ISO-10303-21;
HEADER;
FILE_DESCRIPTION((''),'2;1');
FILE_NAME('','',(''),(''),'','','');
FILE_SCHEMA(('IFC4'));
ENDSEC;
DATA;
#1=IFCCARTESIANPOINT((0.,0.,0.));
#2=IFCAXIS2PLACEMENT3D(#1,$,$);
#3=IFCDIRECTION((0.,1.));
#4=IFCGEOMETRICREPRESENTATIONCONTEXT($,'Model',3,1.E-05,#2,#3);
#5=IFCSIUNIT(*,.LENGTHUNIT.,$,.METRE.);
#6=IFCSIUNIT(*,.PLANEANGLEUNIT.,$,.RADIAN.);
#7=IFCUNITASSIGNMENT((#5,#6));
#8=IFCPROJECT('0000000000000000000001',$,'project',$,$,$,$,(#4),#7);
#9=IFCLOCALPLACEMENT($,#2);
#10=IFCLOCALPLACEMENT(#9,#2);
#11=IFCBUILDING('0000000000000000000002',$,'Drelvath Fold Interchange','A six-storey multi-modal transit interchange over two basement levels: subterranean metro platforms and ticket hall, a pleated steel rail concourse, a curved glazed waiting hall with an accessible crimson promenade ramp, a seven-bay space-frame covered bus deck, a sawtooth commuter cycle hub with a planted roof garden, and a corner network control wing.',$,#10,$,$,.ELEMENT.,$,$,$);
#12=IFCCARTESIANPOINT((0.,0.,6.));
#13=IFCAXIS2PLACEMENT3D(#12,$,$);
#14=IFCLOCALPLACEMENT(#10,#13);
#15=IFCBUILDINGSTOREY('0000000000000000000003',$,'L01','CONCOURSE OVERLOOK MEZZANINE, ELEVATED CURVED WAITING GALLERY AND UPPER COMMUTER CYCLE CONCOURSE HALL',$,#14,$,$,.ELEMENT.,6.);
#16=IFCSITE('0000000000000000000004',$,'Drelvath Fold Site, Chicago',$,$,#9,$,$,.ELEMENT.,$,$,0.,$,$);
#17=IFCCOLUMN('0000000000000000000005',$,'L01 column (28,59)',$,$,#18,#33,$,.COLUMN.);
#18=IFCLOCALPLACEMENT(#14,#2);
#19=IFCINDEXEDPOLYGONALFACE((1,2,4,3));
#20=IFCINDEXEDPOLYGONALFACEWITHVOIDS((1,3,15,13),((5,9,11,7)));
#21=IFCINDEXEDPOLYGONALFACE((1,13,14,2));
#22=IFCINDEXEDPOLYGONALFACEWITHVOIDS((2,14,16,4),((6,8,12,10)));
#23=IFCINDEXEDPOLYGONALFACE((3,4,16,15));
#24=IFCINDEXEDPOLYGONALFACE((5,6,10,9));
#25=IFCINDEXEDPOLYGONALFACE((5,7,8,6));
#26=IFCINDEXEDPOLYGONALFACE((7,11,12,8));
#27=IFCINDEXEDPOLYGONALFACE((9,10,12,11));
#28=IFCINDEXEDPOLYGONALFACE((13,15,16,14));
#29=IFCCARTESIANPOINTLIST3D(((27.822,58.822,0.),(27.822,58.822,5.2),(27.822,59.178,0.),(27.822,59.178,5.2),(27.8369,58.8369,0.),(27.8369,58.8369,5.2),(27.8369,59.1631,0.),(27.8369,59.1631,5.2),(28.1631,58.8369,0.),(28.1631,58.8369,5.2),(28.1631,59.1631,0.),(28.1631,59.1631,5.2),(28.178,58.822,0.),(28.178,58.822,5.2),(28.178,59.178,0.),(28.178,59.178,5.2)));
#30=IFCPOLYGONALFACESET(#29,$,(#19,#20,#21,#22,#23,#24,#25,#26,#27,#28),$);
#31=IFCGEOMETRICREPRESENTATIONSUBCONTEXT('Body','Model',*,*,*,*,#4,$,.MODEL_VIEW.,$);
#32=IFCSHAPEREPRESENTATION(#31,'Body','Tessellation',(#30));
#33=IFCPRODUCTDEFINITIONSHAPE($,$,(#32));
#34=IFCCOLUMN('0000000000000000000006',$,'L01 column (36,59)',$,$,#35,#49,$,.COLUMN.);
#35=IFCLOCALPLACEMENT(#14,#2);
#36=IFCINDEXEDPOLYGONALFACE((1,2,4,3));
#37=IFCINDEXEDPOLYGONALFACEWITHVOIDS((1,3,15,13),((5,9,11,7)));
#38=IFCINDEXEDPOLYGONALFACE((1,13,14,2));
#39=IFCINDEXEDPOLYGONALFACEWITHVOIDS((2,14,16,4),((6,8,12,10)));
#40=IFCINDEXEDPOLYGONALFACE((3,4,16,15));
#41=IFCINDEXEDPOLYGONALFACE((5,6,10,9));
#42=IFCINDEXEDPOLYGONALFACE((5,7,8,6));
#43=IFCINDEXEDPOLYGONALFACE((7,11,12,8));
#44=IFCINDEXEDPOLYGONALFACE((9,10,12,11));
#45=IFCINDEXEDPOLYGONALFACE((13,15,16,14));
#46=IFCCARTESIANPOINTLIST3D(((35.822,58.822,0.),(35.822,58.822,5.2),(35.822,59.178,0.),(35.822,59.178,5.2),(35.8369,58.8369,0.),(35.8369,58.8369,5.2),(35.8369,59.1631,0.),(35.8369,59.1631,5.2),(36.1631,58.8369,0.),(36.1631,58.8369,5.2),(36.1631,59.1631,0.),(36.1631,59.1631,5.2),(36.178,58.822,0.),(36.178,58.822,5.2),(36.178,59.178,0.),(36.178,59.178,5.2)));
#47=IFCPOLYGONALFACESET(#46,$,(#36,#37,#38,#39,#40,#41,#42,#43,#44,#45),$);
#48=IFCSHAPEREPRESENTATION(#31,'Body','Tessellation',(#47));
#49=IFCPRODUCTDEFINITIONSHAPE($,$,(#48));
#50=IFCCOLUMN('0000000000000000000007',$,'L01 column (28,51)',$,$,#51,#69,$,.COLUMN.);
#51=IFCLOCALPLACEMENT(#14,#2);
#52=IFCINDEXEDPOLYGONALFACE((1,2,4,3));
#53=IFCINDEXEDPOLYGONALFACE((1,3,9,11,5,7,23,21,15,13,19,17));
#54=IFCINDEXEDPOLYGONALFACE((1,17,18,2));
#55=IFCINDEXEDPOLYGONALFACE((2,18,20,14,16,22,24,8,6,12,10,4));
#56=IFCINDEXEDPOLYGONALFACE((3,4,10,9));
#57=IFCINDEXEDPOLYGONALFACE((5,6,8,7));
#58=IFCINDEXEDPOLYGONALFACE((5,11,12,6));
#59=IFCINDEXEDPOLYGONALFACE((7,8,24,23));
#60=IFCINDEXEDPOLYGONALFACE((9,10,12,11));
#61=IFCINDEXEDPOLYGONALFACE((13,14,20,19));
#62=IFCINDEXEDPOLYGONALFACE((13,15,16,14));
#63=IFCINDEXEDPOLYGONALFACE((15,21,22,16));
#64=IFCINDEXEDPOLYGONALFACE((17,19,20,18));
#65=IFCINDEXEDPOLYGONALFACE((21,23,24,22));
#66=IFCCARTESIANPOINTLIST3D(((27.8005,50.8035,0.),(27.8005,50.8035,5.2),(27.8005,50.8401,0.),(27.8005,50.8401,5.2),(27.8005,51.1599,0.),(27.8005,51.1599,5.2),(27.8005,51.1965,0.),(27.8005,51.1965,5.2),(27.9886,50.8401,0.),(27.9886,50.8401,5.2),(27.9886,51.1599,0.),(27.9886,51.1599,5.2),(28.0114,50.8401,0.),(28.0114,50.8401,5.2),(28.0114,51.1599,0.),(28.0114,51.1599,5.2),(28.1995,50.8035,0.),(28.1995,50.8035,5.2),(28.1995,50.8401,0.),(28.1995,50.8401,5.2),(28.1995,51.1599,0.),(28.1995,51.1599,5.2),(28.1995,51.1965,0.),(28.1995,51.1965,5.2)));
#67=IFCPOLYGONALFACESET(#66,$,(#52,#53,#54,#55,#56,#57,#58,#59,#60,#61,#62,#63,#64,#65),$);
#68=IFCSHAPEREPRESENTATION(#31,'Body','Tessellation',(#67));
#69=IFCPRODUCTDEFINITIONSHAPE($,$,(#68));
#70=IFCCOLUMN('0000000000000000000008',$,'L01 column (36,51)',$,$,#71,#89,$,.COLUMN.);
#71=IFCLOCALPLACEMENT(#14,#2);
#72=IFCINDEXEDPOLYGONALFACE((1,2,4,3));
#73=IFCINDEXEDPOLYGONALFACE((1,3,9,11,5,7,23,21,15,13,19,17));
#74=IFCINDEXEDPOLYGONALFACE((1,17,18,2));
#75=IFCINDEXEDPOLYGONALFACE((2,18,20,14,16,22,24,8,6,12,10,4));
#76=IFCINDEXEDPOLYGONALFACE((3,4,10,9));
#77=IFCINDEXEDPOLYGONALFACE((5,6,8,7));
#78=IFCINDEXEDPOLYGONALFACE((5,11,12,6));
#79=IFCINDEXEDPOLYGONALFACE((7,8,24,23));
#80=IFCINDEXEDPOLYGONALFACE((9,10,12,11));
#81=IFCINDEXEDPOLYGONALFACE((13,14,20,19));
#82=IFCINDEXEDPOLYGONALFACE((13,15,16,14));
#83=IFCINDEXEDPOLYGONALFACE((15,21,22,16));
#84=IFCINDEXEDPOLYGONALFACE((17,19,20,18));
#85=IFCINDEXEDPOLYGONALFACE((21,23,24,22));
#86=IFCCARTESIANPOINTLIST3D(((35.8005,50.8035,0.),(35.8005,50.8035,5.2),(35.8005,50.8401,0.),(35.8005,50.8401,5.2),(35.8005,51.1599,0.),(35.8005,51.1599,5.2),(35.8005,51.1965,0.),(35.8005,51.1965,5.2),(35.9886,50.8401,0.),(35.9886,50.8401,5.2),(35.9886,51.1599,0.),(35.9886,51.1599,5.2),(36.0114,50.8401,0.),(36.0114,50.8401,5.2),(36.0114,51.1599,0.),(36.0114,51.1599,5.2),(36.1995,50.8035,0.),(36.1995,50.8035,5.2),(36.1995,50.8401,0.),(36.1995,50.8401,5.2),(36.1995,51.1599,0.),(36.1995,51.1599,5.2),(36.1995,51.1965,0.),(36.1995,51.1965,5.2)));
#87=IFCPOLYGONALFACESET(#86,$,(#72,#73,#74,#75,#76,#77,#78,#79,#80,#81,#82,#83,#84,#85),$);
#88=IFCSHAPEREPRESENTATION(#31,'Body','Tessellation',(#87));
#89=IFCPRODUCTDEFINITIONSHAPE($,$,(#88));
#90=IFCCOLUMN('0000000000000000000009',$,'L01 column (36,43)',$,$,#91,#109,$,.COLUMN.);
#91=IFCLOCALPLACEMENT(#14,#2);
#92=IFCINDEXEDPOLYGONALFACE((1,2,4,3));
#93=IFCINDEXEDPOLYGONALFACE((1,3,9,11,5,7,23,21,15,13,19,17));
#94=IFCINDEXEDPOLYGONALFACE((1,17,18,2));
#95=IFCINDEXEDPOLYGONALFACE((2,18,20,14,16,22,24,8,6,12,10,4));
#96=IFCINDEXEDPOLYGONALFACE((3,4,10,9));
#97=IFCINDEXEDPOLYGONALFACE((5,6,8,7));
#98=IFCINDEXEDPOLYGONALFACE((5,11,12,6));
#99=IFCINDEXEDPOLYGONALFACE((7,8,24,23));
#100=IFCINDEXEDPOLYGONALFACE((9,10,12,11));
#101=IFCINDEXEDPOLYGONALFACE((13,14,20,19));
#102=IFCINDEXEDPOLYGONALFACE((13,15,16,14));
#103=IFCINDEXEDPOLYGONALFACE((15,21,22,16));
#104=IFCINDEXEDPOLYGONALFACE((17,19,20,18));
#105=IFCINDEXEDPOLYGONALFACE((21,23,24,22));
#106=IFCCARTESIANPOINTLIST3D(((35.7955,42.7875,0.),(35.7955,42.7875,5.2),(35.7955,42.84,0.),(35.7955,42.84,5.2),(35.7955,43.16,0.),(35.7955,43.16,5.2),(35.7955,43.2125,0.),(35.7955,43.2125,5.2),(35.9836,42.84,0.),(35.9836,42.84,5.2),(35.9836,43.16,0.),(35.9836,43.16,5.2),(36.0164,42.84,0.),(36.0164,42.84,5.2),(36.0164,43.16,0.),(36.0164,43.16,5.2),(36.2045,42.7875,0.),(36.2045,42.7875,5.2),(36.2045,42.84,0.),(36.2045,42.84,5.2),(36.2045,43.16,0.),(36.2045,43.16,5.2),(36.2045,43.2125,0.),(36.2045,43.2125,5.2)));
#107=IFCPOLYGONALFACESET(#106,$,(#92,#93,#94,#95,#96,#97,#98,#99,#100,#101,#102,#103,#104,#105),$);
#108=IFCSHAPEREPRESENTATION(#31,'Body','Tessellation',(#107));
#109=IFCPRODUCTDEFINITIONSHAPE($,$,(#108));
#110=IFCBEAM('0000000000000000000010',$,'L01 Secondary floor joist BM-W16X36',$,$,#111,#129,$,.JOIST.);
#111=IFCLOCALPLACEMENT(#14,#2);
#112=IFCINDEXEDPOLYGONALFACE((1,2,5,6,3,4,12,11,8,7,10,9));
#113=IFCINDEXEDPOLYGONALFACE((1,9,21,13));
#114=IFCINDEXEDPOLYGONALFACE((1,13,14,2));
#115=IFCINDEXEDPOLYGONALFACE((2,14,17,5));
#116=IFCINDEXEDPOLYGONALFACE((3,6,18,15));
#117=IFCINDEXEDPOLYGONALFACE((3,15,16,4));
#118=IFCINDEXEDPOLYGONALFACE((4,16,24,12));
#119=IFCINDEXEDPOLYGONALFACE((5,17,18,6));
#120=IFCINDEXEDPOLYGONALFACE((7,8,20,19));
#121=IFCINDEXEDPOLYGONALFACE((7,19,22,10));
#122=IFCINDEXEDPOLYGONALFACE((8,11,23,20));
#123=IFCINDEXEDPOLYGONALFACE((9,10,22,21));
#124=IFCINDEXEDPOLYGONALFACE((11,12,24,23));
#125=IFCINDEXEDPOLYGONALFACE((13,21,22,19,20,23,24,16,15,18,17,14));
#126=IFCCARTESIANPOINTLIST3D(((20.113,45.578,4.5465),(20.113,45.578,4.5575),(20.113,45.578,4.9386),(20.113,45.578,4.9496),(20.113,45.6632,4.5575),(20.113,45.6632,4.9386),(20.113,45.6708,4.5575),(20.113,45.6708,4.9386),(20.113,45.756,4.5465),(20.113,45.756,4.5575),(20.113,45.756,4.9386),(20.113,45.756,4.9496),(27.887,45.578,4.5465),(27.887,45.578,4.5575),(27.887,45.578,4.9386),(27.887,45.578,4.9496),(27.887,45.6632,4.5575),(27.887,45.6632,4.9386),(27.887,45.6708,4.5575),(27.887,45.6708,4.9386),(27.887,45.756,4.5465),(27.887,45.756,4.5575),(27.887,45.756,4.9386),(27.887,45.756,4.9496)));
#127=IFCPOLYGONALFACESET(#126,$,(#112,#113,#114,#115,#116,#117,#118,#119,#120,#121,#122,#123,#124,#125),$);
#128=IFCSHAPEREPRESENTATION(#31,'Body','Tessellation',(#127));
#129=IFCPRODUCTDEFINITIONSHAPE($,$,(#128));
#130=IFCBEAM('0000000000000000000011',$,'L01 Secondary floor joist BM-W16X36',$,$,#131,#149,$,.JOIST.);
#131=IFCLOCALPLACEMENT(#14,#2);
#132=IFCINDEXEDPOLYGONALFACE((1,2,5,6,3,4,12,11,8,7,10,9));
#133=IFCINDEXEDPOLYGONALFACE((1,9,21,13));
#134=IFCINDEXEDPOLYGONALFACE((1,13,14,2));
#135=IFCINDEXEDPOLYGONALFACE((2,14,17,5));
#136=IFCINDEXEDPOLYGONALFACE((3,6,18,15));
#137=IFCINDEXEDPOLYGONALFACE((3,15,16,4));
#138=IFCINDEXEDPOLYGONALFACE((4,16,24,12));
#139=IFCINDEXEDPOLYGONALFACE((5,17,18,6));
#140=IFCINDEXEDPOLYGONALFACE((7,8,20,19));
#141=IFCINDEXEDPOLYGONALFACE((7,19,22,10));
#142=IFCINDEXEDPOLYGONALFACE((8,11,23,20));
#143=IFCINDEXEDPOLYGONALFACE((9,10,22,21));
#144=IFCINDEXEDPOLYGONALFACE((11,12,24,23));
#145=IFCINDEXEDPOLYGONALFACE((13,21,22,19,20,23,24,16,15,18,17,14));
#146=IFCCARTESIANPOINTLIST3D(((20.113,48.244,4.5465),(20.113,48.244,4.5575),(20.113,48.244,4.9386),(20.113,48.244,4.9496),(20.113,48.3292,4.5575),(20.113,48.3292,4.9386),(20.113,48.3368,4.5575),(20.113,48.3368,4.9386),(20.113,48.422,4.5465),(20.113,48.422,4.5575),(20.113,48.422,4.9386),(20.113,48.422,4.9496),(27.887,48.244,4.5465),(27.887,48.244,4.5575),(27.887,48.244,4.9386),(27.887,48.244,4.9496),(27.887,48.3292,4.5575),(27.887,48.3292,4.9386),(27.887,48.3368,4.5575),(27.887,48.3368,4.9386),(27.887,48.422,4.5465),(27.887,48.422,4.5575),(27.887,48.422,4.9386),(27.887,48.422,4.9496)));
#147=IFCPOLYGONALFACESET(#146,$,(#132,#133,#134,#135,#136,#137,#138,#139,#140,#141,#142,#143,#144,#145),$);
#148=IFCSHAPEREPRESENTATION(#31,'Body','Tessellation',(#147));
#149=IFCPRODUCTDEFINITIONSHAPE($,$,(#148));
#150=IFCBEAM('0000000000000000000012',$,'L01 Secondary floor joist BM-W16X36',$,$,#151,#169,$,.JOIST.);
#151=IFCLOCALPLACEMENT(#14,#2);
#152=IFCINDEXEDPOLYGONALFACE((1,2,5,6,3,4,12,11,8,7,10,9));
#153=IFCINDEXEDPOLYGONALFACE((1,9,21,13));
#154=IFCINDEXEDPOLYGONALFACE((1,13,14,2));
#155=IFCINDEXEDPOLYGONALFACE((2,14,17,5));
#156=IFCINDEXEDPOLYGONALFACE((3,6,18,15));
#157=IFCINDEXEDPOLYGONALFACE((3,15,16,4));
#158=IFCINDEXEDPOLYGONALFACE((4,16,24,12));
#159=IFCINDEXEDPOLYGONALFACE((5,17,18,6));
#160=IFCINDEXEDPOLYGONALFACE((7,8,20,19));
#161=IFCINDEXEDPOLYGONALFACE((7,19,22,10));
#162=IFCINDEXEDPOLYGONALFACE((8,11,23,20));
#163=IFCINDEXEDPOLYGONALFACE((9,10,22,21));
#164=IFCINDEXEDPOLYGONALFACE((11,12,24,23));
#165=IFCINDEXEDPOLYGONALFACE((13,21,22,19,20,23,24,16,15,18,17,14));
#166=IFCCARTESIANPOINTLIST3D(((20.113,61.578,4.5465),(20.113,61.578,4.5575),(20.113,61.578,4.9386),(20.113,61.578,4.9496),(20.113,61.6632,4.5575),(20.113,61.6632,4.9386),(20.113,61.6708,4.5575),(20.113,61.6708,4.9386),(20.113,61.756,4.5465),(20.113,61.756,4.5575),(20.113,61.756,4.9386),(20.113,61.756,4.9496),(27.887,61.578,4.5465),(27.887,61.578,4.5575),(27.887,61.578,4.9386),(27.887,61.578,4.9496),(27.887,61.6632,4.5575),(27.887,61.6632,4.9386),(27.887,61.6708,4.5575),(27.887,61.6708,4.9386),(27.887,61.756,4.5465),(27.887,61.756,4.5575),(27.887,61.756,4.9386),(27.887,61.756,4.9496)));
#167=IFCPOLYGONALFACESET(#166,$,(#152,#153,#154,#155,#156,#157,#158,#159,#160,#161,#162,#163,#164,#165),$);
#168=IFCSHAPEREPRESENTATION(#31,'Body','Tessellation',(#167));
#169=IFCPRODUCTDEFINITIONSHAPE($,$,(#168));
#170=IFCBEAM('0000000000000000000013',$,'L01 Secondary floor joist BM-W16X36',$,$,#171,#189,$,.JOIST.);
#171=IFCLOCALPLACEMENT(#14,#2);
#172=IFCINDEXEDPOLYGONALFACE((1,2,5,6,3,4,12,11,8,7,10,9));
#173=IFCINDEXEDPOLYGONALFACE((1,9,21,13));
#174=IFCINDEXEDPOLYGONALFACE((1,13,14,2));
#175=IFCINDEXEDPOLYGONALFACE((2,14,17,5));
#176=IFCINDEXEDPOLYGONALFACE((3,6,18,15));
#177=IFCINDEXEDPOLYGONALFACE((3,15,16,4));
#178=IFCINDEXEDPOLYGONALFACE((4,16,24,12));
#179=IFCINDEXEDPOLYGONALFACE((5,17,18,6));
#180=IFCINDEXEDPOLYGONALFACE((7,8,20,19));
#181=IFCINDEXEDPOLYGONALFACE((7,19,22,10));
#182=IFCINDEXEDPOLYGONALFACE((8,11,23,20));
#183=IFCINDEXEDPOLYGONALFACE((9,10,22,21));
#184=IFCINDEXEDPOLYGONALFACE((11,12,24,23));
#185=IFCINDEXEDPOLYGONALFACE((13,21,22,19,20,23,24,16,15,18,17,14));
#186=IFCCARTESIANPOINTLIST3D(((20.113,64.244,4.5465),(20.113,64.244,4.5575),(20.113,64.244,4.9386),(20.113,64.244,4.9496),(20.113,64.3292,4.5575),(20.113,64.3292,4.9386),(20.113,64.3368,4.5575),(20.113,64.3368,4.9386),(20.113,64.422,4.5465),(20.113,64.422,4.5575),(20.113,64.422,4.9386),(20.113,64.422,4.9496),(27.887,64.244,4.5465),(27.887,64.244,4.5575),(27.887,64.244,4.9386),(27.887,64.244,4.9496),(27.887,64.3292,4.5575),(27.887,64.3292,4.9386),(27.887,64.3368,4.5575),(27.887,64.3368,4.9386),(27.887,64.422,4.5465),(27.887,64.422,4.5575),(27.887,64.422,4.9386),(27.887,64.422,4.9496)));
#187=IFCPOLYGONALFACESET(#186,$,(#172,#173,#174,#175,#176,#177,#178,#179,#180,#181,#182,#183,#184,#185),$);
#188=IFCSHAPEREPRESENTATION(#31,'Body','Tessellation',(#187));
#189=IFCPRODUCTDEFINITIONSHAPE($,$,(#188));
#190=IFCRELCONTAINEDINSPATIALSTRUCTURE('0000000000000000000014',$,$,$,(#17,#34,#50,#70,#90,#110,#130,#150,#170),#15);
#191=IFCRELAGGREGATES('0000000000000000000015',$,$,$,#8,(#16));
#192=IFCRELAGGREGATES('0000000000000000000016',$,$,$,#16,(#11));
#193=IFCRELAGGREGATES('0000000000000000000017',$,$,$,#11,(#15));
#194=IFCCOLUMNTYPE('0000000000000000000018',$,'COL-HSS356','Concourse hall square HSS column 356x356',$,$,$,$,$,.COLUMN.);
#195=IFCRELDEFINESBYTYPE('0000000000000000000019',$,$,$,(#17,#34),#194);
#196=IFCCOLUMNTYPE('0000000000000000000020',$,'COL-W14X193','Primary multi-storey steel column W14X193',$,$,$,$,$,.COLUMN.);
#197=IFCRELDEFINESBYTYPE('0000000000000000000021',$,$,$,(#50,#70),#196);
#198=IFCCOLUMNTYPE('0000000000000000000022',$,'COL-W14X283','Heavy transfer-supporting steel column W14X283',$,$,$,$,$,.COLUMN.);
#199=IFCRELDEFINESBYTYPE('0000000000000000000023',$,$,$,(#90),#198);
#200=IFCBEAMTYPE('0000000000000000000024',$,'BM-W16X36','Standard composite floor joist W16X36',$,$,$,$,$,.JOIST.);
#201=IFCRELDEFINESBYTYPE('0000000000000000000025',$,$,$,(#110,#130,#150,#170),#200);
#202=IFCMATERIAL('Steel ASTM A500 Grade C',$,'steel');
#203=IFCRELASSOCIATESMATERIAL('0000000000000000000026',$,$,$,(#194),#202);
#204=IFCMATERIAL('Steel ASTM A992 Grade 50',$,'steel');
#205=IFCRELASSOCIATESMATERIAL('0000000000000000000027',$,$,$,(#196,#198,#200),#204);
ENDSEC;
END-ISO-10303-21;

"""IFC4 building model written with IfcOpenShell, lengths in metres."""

from ifc_helpers import new_model, si_unit, direction, frame, origin, origin_2d, place, context, subcontext, project, spatial, hollow_rectangle, i_section, extrude, material, material_profile, profile_set, type_object, element, save


model = new_model("IFC4")

# Units and contexts
model_context = context("Model", 3, precision=1e-05, world=origin(), true_north=direction((0.0, 1.0)))
body_context = subcontext(model_context, "Body", "Model", "MODEL_VIEW")
ifc_project = project(units=[si_unit("LENGTHUNIT", "METRE"), si_unit("PLANEANGLEUNIT", "RADIAN")], contexts=[model_context])

# Site, building, storey
site_placement = place(None, origin())
site = spatial("IfcSite", under=ifc_project, at=site_placement, Name="Drelvath Fold Site, Chicago", CompositionType="ELEMENT", RefElevation=0.0)
building_placement = place(site_placement, origin())
building = spatial("IfcBuilding", under=site, at=building_placement, Name="Drelvath Fold Interchange", Description="A six-storey multi-modal transit interchange over two basement levels: subterranean metro platforms and ticket hall, a pleated steel rail concourse, a curved glazed waiting hall with an accessible crimson promenade ramp, a seven-bay space-frame covered bus deck, a sawtooth commuter cycle hub with a planted roof garden, and a corner network control wing.", CompositionType="ELEMENT")
storey_placement = place(building_placement, frame((0.0, 0.0, 6.0)))
storey = spatial("IfcBuildingStorey", under=building, at=storey_placement, Name="L01", Description="CONCOURSE OVERLOOK MEZZANINE, ELEVATED CURVED WAITING GALLERY AND UPPER COMMUTER CYCLE CONCOURSE HALL", CompositionType="ELEMENT", Elevation=6.0)

# Columns
ifc_material_1 = material(Name="Steel ASTM A500 Grade C", Category="steel")
ifc_material_profile_1 = material_profile(ifc_material_1, hollow_rectangle(XDim=0.356, YDim=0.356, WallThickness=0.0149, at=origin_2d()), Name="HSS14X14X5/8")
ifc_profile_set_1 = profile_set([ifc_material_profile_1], Name="Steel ASTM A500 Grade C")
column_type_1 = type_object("IfcColumnType", Name="COL-HSS356", Description="Concourse hall square HSS column 356x356", PredefinedType="COLUMN", material=ifc_profile_set_1)
for number, where, z_axis, x_axis, name in (
    (1, (28.0, 59.0, 0.0), (0.0, 0.0, 1.0), (1.0, 0.0, 0.0), "L01 column (28,59)"),
    (2, (36.0, 59.0, 0.0), (0.0, 0.0, 1.0), (1.0, 0.0, 0.0), "L01 column (36,59)"),
):
    element("IfcColumn", number, at=place(storey_placement, frame(where, z_axis=z_axis, x_axis=x_axis)), inside=storey, type_object=column_type_1, Name=name, PredefinedType="COLUMN", context=body_context, shape_type="SweptSolid", body=[
        extrude(hollow_rectangle(XDim=0.356, YDim=0.356, WallThickness=0.0149, at=origin_2d()), origin(), (0.0, 0.0, 1.0), 5.2),
    ])
ifc_material_2 = material(Name="Steel ASTM A992 Grade 50", Category="steel")
ifc_material_profile_2 = material_profile(ifc_material_2, i_section(OverallWidth=0.3989, OverallDepth=0.3931, WebThickness=0.0227, FlangeThickness=0.0366, at=origin_2d()), Name="W14X193")
ifc_profile_set_2 = profile_set([ifc_material_profile_2], Name="Steel ASTM A992 Grade 50")
column_type_2 = type_object("IfcColumnType", Name="COL-W14X193", Description="Primary multi-storey steel column W14X193", PredefinedType="COLUMN", material=ifc_profile_set_2)
for number, where, z_axis, x_axis, name in (
    (3, (28.0, 51.0, 0.0), (0.0, 0.0, 1.0), (1.0, 0.0, 0.0), "L01 column (28,51)"),
    (4, (36.0, 51.0, 0.0), (0.0, 0.0, 1.0), (1.0, 0.0, 0.0), "L01 column (36,51)"),
):
    element("IfcColumn", number, at=place(storey_placement, frame(where, z_axis=z_axis, x_axis=x_axis)), inside=storey, type_object=column_type_2, Name=name, PredefinedType="COLUMN", context=body_context, shape_type="SweptSolid", body=[
        extrude(i_section(OverallWidth=0.3989, OverallDepth=0.3931, WebThickness=0.0227, FlangeThickness=0.0366, at=origin_2d()), origin(), (0.0, 0.0, 1.0), 5.2),
    ])
ifc_material_profile_3 = material_profile(ifc_material_2, i_section(OverallWidth=0.4089, OverallDepth=0.425, WebThickness=0.0327, FlangeThickness=0.0525, at=origin_2d()), Name="W14X283")
ifc_profile_set_3 = profile_set([ifc_material_profile_3], Name="Steel ASTM A992 Grade 50")
column_type_3 = type_object("IfcColumnType", Name="COL-W14X283", Description="Heavy transfer-supporting steel column W14X283", PredefinedType="COLUMN", material=ifc_profile_set_3)
column_placement = place(storey_placement, frame((36.0, 43.0, 0.0), z_axis=(0.0, 0.0, 1.0), x_axis=(1.0, 0.0, 0.0)))
element("IfcColumn", 5, at=column_placement, inside=storey, type_object=column_type_3, Name="L01 column (36,43)", PredefinedType="COLUMN", context=body_context, shape_type="SweptSolid", body=[
    extrude(i_section(OverallWidth=0.4089, OverallDepth=0.425, WebThickness=0.0327, FlangeThickness=0.0525, at=origin_2d()), origin(), (0.0, 0.0, 1.0), 5.2),
])

# Beams
ifc_material_profile_4 = material_profile(ifc_material_2, i_section(OverallWidth=0.178, OverallDepth=0.4031, WebThickness=0.0076, FlangeThickness=0.011, at=origin_2d()), Name="W16X36")
ifc_profile_set_4 = profile_set([ifc_material_profile_4], Name="Steel ASTM A992 Grade 50")
beam_type_1 = type_object("IfcBeamType", Name="BM-W16X36", Description="Standard composite floor joist W16X36", PredefinedType="JOIST", material=ifc_profile_set_4)
for number, where, z_axis, x_axis, name in (
    (6, (20.113, 45.667, 4.748), (1.0, 0.0, 0.0), (0.0, 1.0, 0.0), "L01 Secondary floor joist BM-W16X36"),
    (7, (20.113, 48.333, 4.748), (1.0, 0.0, 0.0), (0.0, 1.0, 0.0), "L01 Secondary floor joist BM-W16X36"),
    (8, (20.113, 61.667, 4.748), (1.0, 0.0, 0.0), (0.0, 1.0, 0.0), "L01 Secondary floor joist BM-W16X36"),
    (9, (20.113, 64.333, 4.748), (1.0, 0.0, 0.0), (0.0, 1.0, 0.0), "L01 Secondary floor joist BM-W16X36"),
):
    element("IfcBeam", number, at=place(storey_placement, frame(where, z_axis=z_axis, x_axis=x_axis)), inside=storey, type_object=beam_type_1, Name=name, PredefinedType="JOIST", context=body_context, shape_type="SweptSolid", body=[
        extrude(i_section(OverallWidth=0.178, OverallDepth=0.4031, WebThickness=0.0076, FlangeThickness=0.011, at=origin_2d()), origin(), (0.0, 0.0, 1.0), 7.7739),
    ])

save(model, "model.ifc")
